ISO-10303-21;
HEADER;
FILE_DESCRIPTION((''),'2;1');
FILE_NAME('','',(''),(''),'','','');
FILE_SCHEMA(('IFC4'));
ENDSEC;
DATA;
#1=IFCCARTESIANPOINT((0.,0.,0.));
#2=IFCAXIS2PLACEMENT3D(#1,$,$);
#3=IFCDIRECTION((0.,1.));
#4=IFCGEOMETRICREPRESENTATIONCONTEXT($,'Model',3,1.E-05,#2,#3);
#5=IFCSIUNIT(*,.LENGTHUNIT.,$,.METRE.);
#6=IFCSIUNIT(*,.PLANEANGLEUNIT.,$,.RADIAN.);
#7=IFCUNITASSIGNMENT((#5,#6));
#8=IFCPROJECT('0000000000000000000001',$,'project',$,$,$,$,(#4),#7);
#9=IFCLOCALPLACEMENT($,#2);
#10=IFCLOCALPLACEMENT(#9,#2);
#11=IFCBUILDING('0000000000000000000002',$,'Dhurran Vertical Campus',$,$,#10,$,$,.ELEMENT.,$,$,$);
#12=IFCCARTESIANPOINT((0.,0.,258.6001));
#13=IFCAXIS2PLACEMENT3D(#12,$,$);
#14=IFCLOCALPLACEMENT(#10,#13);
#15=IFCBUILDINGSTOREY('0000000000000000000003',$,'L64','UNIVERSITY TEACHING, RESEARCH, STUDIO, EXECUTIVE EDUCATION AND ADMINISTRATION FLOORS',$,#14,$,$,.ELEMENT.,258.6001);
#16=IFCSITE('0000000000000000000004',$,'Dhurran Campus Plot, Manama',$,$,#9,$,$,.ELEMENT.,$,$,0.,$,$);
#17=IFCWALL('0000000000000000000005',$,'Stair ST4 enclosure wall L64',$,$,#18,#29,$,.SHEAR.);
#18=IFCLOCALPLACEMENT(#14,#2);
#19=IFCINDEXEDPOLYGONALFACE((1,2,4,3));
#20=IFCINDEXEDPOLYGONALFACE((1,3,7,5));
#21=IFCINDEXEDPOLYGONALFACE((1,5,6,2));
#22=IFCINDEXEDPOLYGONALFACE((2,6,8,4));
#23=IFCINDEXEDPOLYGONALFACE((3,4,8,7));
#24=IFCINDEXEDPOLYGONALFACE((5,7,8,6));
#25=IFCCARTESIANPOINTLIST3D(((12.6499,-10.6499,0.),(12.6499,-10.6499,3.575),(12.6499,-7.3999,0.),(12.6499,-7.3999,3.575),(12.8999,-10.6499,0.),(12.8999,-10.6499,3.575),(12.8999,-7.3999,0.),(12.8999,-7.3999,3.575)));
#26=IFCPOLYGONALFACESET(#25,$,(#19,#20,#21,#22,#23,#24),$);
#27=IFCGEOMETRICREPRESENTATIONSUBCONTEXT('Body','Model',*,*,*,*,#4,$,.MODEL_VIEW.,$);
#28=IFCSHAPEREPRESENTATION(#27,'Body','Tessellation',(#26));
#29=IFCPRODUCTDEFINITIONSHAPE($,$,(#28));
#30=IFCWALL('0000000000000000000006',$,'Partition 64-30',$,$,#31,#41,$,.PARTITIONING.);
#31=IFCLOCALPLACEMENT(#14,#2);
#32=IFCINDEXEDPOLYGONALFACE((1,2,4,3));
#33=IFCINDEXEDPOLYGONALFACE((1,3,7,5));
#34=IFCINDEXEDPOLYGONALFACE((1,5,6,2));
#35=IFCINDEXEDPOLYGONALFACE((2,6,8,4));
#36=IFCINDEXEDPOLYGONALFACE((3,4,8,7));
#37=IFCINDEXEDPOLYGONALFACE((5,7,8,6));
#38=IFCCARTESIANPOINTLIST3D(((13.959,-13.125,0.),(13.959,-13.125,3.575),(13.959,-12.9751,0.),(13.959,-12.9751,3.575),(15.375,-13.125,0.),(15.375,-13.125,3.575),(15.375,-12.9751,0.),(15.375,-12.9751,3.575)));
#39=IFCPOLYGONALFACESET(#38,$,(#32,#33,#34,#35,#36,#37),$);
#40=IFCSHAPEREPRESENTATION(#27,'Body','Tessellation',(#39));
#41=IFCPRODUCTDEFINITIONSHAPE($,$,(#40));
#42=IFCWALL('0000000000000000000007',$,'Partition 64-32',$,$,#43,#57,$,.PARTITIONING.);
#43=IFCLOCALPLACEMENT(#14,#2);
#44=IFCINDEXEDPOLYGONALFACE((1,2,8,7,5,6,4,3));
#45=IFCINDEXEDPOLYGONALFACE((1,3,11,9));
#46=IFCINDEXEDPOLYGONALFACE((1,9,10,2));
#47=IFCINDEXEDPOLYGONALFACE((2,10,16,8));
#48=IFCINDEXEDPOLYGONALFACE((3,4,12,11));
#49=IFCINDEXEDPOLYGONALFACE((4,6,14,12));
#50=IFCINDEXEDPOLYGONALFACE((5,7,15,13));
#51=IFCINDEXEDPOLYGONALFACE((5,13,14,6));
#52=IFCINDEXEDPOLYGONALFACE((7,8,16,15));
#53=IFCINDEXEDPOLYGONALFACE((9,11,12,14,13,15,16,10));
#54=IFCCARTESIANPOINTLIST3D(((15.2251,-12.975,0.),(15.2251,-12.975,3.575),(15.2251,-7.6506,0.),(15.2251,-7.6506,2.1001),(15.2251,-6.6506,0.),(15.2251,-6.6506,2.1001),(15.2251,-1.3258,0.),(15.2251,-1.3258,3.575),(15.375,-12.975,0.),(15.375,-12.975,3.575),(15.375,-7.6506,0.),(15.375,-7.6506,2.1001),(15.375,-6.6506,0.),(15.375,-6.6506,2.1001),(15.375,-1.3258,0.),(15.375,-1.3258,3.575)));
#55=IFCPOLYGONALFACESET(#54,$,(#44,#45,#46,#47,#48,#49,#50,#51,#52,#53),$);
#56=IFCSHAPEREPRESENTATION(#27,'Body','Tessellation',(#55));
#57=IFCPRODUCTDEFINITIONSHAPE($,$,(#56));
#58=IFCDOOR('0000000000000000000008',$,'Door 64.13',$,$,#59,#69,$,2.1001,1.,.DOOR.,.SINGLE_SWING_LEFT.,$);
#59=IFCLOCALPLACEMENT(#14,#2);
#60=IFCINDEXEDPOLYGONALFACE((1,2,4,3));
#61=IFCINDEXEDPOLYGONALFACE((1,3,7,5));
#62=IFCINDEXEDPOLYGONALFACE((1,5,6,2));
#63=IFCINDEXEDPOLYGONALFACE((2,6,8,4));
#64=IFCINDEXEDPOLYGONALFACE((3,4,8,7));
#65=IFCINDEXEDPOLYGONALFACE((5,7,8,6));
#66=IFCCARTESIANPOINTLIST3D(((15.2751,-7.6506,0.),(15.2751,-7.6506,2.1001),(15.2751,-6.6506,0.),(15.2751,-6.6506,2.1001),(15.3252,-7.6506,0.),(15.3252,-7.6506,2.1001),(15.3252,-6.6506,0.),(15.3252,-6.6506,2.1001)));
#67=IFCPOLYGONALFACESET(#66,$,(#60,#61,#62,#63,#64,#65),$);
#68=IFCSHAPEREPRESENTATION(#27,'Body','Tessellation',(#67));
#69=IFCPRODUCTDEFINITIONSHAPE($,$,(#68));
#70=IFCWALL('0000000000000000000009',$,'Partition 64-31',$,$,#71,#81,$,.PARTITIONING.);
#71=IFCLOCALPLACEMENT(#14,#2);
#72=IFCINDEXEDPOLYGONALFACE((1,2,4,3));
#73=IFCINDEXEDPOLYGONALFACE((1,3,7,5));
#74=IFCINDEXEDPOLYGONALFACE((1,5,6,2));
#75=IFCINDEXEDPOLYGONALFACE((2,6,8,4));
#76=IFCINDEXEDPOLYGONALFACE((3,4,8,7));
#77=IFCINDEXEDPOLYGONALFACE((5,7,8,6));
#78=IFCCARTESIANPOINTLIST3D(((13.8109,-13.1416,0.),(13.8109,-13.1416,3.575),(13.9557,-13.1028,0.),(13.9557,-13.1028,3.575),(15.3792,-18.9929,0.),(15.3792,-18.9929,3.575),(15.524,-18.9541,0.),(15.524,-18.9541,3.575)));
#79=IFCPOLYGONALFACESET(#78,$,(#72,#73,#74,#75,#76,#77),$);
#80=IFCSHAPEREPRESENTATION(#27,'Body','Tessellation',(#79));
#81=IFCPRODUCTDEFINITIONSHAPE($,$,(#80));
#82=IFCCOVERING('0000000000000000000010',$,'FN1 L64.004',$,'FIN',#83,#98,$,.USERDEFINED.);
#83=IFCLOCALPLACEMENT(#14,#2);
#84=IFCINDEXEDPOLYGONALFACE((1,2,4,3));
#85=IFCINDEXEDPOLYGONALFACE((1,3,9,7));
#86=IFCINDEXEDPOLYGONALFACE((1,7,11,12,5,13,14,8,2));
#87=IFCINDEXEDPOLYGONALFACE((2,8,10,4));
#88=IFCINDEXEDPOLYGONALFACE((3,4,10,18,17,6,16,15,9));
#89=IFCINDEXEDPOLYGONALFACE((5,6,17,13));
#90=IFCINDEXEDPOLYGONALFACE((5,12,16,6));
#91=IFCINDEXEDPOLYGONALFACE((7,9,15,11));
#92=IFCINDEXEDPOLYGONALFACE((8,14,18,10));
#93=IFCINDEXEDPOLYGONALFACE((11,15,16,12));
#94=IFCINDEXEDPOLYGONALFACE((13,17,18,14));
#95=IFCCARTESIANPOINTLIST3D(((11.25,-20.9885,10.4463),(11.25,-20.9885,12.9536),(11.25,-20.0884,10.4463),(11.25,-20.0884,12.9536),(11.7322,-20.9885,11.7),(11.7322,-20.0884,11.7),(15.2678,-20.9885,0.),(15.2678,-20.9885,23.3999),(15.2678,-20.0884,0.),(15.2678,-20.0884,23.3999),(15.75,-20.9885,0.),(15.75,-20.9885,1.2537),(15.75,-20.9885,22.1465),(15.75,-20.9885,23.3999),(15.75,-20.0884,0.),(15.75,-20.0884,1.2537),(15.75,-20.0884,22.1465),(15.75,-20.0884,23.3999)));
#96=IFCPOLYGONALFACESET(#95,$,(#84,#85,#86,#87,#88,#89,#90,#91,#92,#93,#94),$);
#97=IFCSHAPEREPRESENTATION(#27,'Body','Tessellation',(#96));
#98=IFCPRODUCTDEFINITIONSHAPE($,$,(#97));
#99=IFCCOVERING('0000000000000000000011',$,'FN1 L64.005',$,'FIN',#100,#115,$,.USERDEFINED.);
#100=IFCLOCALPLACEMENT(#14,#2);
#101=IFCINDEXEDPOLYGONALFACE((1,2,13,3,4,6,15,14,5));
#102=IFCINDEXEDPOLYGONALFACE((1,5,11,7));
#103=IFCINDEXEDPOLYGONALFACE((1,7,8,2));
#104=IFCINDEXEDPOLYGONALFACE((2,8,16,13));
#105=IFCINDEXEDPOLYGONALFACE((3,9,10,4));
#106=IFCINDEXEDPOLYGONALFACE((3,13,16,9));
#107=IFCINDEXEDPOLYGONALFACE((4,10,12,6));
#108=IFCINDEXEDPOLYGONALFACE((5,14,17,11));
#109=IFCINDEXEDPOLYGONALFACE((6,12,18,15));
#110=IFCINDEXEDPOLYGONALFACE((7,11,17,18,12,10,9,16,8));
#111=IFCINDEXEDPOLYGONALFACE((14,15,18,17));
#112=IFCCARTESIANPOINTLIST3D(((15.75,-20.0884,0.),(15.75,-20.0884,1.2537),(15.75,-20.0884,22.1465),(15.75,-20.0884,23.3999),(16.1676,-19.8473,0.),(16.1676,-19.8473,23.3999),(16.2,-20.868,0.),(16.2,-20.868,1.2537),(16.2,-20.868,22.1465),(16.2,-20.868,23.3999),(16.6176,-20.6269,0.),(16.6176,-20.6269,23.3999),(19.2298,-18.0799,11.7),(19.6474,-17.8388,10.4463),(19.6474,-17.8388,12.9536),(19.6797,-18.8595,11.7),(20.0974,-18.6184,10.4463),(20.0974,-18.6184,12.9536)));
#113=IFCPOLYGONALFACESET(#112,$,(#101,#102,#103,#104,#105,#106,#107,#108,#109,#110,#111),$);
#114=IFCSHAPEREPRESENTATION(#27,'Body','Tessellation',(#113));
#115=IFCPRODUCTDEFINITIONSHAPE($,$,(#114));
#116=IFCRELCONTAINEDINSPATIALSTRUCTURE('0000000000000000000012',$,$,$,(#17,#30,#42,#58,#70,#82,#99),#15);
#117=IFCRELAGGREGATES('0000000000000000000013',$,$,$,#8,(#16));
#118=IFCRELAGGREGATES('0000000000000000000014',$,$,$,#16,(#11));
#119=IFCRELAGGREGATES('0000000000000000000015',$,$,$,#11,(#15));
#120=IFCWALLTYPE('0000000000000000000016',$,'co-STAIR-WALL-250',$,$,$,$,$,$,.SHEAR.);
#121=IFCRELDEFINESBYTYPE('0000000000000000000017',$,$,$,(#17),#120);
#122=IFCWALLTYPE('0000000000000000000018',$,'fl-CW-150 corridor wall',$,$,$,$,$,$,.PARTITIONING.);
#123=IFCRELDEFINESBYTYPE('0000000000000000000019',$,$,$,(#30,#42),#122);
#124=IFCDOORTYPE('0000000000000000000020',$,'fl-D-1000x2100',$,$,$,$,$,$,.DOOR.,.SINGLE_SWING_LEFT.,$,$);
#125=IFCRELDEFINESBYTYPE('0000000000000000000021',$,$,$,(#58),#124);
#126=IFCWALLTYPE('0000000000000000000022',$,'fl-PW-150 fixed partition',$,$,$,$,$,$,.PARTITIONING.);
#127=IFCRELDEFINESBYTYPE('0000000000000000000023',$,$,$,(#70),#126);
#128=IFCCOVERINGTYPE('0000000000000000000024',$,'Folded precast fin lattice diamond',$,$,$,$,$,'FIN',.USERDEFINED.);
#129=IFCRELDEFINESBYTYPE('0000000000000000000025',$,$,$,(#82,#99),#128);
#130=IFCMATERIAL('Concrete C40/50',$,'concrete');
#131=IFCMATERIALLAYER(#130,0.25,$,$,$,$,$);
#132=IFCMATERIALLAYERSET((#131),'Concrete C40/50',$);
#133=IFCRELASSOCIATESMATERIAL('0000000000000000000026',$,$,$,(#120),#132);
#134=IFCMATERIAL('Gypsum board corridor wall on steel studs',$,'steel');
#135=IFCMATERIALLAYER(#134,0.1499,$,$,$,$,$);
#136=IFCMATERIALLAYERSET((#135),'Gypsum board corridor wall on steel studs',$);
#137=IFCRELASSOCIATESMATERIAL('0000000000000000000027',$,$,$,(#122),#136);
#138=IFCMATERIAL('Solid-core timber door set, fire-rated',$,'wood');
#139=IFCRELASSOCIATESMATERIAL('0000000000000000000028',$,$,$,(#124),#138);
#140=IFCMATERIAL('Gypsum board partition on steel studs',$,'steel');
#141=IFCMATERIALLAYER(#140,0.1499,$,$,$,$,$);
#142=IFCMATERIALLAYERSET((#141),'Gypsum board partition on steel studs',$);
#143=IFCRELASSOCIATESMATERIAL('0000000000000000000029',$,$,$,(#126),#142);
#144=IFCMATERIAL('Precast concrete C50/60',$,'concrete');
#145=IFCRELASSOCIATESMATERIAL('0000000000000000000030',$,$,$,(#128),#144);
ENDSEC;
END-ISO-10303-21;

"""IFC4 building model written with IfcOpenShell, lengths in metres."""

from ifc_helpers import new_model, si_unit, direction, frame, frame_2d, origin, place, context, subcontext, project, spatial, polyline, rectangle, outline, extrude, material, layer, layer_set, type_object, element, fill, save


model = new_model("IFC4")

# Units and contexts
model_context = context("Model", 3, precision=1e-05, world=origin(), true_north=direction((0.0, 1.0)))
body_context = subcontext(model_context, "Body", "Model", "MODEL_VIEW")
ifc_project = project(units=[si_unit("LENGTHUNIT", "METRE"), si_unit("PLANEANGLEUNIT", "RADIAN")], contexts=[model_context])

# Site, building, storey
site_placement = place(None, origin())
site = spatial("IfcSite", under=ifc_project, at=site_placement, Name="Dhurran Campus Plot, Manama", CompositionType="ELEMENT", RefElevation=0.0)
building_placement = place(site_placement, origin())
building = spatial("IfcBuilding", under=site, at=building_placement, Name="Dhurran Vertical Campus", CompositionType="ELEMENT")
storey_placement = place(building_placement, frame((0.0, 0.0, 258.6001)))
storey = spatial("IfcBuildingStorey", under=building, at=storey_placement, Name="L64", Description="UNIVERSITY TEACHING, RESEARCH, STUDIO, EXECUTIVE EDUCATION AND ADMINISTRATION FLOORS", CompositionType="ELEMENT", Elevation=258.6001)

# Walls
ifc_material_1 = material(Name="Concrete C40/50", Category="concrete")
ifc_layer_1 = layer(ifc_material_1, 0.25)
ifc_layer_set_1 = layer_set([ifc_layer_1], Name="Concrete C40/50")
wall_type_1 = type_object("IfcWallType", Name="co-STAIR-WALL-250", PredefinedType="SHEAR", material=ifc_layer_set_1)
wall_1_placement = place(storey_placement, frame((12.7749, -10.6499, 0.0), z_axis=(0.0, 0.0, 1.0), x_axis=(0.0, 1.0, 0.0)))
element("IfcWall", 1, at=wall_1_placement, inside=storey, type_object=wall_type_1, Name="Stair ST4 enclosure wall L64", PredefinedType="SHEAR", context=body_context, shape_type="SweptSolid", body=[
    extrude(rectangle(XDim=3.25, YDim=0.25, at=frame_2d((1.625, 0.0))), origin(), (0.0, 0.0, 1.0), 3.575),
])
ifc_material_2 = material(Name="Gypsum board corridor wall on steel studs", Category="steel")
ifc_layer_2 = layer(ifc_material_2, 0.1499)
ifc_layer_set_2 = layer_set([ifc_layer_2], Name="Gypsum board corridor wall on steel studs")
wall_type_2 = type_object("IfcWallType", Name="fl-CW-150 corridor wall", PredefinedType="PARTITIONING", material=ifc_layer_set_2)
wall_2_placement = place(storey_placement, frame((13.959, -13.05, 0.0), z_axis=(0.0, 0.0, 1.0), x_axis=(1.0, 0.0, 0.0)))
element("IfcWall", 2, at=wall_2_placement, inside=storey, type_object=wall_type_2, Name="Partition 64-30", PredefinedType="PARTITIONING", context=body_context, shape_type="SweptSolid", body=[
    extrude(rectangle(XDim=1.416, YDim=0.1499, at=frame_2d((0.708, 0.0))), origin(), (0.0, 0.0, 1.0), 3.575),
])

# Wall, opening, door
wall_3_placement = place(storey_placement, frame((15.3, -12.9751, 0.0), z_axis=(0.0, 0.0, 1.0), x_axis=(0.0, 1.0, 0.0)))
wall_3 = element("IfcWall", 3, at=wall_3_placement, inside=storey, type_object=wall_type_2, Name="Partition 64-32", PredefinedType="PARTITIONING", context=body_context, shape_type="SweptSolid", body=[
    extrude(rectangle(XDim=11.6492, YDim=0.1499, at=frame_2d((5.8247, 0.0))), origin(), (0.0, 0.0, 1.0), 3.575),
])
opening_1_placement = place(wall_3_placement, frame((5.3245, 0.0, 0.0)))
opening_1 = element("IfcOpeningElement", 4, at=opening_1_placement, cuts=wall_3, PredefinedType="OPENING", context=body_context, shape_type="SweptSolid", body=[
    extrude(rectangle(XDim=1.0, YDim=2.1001, at=frame_2d((0.5, 1.05))), frame((0.0, 0.085, 0.0), z_axis=(0.0, -1.0, 0.0), x_axis=(1.0, 0.0, 0.0)), (0.0, 0.0, 1.0), 0.1699),
])
ifc_material_3 = material(Name="Solid-core timber door set, fire-rated", Category="wood")
door_type = type_object("IfcDoorType", Name="fl-D-1000x2100", OperationType="SINGLE_SWING_LEFT", PredefinedType="DOOR", material=ifc_material_3)
door_placement = place(opening_1_placement, origin())
door = element("IfcDoor", 5, at=door_placement, inside=storey, type_object=door_type, Name="Door 64.13", OperationType="SINGLE_SWING_LEFT", OverallHeight=2.1001, OverallWidth=1.0, PredefinedType="DOOR", context=body_context, shape_type="SweptSolid", body=[
    extrude(rectangle(XDim=1.0, YDim=2.1001, at=frame_2d((0.5, 1.05))), frame((0.0, 0.0249, 0.0), z_axis=(0.0, -1.0, 0.0), x_axis=(1.0, 0.0, 0.0)), (0.0, 0.0, 1.0), 0.05),
])
fill(opening_1, door)

# Wall
ifc_material_4 = material(Name="Gypsum board partition on steel studs", Category="steel")
ifc_layer_3 = layer(ifc_material_4, 0.1499)
ifc_layer_set_3 = layer_set([ifc_layer_3], Name="Gypsum board partition on steel studs")
wall_type_3 = type_object("IfcWallType", Name="fl-PW-150 fixed partition", PredefinedType="PARTITIONING", material=ifc_layer_set_3)
wall_4_placement = place(storey_placement, frame((13.8833, -13.1223, 0.0), z_axis=(0.0, 0.0, 1.0), x_axis=(0.258897, -0.965905, 0.0)))
element("IfcWall", 6, at=wall_4_placement, inside=storey, type_object=wall_type_3, Name="Partition 64-31", PredefinedType="PARTITIONING", context=body_context, shape_type="SweptSolid", body=[
    extrude(rectangle(XDim=6.0579, YDim=0.1499, at=frame_2d((3.0288, 0.0))), origin(), (0.0, 0.0, 1.0), 3.575),
])

# Coverings
ifc_material_5 = material(Name="Precast concrete C50/60", Category="concrete")
covering_type = type_object("IfcCoveringType", Name="Folded precast fin lattice diamond", ElementType="FIN", PredefinedType="USERDEFINED", material=ifc_material_5)
covering_1_placement = place(storey_placement, frame((11.25, -20.0884, 0.0), z_axis=(0.0, -1.0, 0.0), x_axis=(1.0, 0.0, 0.0)))
element("IfcCovering", 7, at=covering_1_placement, inside=storey, type_object=covering_type, Name="FN1 L64.004", ObjectType="FIN", PredefinedType="USERDEFINED", context=body_context, shape_type="SweptSolid", body=[
    extrude(outline(polyline([(4.0178, 0.0), (0.0, 10.4463), (0.0, 12.9536), (4.0178, 23.3999), (4.5, 23.3999), (4.5, 22.1465), (0.4822, 11.7), (4.5, 1.2537), (4.5, 0.0), (4.0178, 0.0)])), origin(), (0.0, 0.0, 1.0), 0.9001),
])
covering_2_placement = place(storey_placement, frame((15.75, -20.0884, 0.0), z_axis=(0.499902, -0.866082, 0.0), x_axis=(0.866082, 0.499902, 0.0)))
element("IfcCovering", 8, at=covering_2_placement, inside=storey, type_object=covering_type, Name="FN1 L64.005", ObjectType="FIN", PredefinedType="USERDEFINED", context=body_context, shape_type="SweptSolid", body=[
    extrude(outline(polyline([(4.5, 10.4463), (0.4822, 0.0), (0.0, 0.0), (0.0, 1.2537), (4.0178, 11.7), (0.0, 22.1465), (0.0, 23.3999), (0.4822, 23.3999), (4.5, 12.9536), (4.5, 10.4463)])), origin(), (0.0, 0.0, 1.0), 0.9001),
])

save(model, "model.ifc")
